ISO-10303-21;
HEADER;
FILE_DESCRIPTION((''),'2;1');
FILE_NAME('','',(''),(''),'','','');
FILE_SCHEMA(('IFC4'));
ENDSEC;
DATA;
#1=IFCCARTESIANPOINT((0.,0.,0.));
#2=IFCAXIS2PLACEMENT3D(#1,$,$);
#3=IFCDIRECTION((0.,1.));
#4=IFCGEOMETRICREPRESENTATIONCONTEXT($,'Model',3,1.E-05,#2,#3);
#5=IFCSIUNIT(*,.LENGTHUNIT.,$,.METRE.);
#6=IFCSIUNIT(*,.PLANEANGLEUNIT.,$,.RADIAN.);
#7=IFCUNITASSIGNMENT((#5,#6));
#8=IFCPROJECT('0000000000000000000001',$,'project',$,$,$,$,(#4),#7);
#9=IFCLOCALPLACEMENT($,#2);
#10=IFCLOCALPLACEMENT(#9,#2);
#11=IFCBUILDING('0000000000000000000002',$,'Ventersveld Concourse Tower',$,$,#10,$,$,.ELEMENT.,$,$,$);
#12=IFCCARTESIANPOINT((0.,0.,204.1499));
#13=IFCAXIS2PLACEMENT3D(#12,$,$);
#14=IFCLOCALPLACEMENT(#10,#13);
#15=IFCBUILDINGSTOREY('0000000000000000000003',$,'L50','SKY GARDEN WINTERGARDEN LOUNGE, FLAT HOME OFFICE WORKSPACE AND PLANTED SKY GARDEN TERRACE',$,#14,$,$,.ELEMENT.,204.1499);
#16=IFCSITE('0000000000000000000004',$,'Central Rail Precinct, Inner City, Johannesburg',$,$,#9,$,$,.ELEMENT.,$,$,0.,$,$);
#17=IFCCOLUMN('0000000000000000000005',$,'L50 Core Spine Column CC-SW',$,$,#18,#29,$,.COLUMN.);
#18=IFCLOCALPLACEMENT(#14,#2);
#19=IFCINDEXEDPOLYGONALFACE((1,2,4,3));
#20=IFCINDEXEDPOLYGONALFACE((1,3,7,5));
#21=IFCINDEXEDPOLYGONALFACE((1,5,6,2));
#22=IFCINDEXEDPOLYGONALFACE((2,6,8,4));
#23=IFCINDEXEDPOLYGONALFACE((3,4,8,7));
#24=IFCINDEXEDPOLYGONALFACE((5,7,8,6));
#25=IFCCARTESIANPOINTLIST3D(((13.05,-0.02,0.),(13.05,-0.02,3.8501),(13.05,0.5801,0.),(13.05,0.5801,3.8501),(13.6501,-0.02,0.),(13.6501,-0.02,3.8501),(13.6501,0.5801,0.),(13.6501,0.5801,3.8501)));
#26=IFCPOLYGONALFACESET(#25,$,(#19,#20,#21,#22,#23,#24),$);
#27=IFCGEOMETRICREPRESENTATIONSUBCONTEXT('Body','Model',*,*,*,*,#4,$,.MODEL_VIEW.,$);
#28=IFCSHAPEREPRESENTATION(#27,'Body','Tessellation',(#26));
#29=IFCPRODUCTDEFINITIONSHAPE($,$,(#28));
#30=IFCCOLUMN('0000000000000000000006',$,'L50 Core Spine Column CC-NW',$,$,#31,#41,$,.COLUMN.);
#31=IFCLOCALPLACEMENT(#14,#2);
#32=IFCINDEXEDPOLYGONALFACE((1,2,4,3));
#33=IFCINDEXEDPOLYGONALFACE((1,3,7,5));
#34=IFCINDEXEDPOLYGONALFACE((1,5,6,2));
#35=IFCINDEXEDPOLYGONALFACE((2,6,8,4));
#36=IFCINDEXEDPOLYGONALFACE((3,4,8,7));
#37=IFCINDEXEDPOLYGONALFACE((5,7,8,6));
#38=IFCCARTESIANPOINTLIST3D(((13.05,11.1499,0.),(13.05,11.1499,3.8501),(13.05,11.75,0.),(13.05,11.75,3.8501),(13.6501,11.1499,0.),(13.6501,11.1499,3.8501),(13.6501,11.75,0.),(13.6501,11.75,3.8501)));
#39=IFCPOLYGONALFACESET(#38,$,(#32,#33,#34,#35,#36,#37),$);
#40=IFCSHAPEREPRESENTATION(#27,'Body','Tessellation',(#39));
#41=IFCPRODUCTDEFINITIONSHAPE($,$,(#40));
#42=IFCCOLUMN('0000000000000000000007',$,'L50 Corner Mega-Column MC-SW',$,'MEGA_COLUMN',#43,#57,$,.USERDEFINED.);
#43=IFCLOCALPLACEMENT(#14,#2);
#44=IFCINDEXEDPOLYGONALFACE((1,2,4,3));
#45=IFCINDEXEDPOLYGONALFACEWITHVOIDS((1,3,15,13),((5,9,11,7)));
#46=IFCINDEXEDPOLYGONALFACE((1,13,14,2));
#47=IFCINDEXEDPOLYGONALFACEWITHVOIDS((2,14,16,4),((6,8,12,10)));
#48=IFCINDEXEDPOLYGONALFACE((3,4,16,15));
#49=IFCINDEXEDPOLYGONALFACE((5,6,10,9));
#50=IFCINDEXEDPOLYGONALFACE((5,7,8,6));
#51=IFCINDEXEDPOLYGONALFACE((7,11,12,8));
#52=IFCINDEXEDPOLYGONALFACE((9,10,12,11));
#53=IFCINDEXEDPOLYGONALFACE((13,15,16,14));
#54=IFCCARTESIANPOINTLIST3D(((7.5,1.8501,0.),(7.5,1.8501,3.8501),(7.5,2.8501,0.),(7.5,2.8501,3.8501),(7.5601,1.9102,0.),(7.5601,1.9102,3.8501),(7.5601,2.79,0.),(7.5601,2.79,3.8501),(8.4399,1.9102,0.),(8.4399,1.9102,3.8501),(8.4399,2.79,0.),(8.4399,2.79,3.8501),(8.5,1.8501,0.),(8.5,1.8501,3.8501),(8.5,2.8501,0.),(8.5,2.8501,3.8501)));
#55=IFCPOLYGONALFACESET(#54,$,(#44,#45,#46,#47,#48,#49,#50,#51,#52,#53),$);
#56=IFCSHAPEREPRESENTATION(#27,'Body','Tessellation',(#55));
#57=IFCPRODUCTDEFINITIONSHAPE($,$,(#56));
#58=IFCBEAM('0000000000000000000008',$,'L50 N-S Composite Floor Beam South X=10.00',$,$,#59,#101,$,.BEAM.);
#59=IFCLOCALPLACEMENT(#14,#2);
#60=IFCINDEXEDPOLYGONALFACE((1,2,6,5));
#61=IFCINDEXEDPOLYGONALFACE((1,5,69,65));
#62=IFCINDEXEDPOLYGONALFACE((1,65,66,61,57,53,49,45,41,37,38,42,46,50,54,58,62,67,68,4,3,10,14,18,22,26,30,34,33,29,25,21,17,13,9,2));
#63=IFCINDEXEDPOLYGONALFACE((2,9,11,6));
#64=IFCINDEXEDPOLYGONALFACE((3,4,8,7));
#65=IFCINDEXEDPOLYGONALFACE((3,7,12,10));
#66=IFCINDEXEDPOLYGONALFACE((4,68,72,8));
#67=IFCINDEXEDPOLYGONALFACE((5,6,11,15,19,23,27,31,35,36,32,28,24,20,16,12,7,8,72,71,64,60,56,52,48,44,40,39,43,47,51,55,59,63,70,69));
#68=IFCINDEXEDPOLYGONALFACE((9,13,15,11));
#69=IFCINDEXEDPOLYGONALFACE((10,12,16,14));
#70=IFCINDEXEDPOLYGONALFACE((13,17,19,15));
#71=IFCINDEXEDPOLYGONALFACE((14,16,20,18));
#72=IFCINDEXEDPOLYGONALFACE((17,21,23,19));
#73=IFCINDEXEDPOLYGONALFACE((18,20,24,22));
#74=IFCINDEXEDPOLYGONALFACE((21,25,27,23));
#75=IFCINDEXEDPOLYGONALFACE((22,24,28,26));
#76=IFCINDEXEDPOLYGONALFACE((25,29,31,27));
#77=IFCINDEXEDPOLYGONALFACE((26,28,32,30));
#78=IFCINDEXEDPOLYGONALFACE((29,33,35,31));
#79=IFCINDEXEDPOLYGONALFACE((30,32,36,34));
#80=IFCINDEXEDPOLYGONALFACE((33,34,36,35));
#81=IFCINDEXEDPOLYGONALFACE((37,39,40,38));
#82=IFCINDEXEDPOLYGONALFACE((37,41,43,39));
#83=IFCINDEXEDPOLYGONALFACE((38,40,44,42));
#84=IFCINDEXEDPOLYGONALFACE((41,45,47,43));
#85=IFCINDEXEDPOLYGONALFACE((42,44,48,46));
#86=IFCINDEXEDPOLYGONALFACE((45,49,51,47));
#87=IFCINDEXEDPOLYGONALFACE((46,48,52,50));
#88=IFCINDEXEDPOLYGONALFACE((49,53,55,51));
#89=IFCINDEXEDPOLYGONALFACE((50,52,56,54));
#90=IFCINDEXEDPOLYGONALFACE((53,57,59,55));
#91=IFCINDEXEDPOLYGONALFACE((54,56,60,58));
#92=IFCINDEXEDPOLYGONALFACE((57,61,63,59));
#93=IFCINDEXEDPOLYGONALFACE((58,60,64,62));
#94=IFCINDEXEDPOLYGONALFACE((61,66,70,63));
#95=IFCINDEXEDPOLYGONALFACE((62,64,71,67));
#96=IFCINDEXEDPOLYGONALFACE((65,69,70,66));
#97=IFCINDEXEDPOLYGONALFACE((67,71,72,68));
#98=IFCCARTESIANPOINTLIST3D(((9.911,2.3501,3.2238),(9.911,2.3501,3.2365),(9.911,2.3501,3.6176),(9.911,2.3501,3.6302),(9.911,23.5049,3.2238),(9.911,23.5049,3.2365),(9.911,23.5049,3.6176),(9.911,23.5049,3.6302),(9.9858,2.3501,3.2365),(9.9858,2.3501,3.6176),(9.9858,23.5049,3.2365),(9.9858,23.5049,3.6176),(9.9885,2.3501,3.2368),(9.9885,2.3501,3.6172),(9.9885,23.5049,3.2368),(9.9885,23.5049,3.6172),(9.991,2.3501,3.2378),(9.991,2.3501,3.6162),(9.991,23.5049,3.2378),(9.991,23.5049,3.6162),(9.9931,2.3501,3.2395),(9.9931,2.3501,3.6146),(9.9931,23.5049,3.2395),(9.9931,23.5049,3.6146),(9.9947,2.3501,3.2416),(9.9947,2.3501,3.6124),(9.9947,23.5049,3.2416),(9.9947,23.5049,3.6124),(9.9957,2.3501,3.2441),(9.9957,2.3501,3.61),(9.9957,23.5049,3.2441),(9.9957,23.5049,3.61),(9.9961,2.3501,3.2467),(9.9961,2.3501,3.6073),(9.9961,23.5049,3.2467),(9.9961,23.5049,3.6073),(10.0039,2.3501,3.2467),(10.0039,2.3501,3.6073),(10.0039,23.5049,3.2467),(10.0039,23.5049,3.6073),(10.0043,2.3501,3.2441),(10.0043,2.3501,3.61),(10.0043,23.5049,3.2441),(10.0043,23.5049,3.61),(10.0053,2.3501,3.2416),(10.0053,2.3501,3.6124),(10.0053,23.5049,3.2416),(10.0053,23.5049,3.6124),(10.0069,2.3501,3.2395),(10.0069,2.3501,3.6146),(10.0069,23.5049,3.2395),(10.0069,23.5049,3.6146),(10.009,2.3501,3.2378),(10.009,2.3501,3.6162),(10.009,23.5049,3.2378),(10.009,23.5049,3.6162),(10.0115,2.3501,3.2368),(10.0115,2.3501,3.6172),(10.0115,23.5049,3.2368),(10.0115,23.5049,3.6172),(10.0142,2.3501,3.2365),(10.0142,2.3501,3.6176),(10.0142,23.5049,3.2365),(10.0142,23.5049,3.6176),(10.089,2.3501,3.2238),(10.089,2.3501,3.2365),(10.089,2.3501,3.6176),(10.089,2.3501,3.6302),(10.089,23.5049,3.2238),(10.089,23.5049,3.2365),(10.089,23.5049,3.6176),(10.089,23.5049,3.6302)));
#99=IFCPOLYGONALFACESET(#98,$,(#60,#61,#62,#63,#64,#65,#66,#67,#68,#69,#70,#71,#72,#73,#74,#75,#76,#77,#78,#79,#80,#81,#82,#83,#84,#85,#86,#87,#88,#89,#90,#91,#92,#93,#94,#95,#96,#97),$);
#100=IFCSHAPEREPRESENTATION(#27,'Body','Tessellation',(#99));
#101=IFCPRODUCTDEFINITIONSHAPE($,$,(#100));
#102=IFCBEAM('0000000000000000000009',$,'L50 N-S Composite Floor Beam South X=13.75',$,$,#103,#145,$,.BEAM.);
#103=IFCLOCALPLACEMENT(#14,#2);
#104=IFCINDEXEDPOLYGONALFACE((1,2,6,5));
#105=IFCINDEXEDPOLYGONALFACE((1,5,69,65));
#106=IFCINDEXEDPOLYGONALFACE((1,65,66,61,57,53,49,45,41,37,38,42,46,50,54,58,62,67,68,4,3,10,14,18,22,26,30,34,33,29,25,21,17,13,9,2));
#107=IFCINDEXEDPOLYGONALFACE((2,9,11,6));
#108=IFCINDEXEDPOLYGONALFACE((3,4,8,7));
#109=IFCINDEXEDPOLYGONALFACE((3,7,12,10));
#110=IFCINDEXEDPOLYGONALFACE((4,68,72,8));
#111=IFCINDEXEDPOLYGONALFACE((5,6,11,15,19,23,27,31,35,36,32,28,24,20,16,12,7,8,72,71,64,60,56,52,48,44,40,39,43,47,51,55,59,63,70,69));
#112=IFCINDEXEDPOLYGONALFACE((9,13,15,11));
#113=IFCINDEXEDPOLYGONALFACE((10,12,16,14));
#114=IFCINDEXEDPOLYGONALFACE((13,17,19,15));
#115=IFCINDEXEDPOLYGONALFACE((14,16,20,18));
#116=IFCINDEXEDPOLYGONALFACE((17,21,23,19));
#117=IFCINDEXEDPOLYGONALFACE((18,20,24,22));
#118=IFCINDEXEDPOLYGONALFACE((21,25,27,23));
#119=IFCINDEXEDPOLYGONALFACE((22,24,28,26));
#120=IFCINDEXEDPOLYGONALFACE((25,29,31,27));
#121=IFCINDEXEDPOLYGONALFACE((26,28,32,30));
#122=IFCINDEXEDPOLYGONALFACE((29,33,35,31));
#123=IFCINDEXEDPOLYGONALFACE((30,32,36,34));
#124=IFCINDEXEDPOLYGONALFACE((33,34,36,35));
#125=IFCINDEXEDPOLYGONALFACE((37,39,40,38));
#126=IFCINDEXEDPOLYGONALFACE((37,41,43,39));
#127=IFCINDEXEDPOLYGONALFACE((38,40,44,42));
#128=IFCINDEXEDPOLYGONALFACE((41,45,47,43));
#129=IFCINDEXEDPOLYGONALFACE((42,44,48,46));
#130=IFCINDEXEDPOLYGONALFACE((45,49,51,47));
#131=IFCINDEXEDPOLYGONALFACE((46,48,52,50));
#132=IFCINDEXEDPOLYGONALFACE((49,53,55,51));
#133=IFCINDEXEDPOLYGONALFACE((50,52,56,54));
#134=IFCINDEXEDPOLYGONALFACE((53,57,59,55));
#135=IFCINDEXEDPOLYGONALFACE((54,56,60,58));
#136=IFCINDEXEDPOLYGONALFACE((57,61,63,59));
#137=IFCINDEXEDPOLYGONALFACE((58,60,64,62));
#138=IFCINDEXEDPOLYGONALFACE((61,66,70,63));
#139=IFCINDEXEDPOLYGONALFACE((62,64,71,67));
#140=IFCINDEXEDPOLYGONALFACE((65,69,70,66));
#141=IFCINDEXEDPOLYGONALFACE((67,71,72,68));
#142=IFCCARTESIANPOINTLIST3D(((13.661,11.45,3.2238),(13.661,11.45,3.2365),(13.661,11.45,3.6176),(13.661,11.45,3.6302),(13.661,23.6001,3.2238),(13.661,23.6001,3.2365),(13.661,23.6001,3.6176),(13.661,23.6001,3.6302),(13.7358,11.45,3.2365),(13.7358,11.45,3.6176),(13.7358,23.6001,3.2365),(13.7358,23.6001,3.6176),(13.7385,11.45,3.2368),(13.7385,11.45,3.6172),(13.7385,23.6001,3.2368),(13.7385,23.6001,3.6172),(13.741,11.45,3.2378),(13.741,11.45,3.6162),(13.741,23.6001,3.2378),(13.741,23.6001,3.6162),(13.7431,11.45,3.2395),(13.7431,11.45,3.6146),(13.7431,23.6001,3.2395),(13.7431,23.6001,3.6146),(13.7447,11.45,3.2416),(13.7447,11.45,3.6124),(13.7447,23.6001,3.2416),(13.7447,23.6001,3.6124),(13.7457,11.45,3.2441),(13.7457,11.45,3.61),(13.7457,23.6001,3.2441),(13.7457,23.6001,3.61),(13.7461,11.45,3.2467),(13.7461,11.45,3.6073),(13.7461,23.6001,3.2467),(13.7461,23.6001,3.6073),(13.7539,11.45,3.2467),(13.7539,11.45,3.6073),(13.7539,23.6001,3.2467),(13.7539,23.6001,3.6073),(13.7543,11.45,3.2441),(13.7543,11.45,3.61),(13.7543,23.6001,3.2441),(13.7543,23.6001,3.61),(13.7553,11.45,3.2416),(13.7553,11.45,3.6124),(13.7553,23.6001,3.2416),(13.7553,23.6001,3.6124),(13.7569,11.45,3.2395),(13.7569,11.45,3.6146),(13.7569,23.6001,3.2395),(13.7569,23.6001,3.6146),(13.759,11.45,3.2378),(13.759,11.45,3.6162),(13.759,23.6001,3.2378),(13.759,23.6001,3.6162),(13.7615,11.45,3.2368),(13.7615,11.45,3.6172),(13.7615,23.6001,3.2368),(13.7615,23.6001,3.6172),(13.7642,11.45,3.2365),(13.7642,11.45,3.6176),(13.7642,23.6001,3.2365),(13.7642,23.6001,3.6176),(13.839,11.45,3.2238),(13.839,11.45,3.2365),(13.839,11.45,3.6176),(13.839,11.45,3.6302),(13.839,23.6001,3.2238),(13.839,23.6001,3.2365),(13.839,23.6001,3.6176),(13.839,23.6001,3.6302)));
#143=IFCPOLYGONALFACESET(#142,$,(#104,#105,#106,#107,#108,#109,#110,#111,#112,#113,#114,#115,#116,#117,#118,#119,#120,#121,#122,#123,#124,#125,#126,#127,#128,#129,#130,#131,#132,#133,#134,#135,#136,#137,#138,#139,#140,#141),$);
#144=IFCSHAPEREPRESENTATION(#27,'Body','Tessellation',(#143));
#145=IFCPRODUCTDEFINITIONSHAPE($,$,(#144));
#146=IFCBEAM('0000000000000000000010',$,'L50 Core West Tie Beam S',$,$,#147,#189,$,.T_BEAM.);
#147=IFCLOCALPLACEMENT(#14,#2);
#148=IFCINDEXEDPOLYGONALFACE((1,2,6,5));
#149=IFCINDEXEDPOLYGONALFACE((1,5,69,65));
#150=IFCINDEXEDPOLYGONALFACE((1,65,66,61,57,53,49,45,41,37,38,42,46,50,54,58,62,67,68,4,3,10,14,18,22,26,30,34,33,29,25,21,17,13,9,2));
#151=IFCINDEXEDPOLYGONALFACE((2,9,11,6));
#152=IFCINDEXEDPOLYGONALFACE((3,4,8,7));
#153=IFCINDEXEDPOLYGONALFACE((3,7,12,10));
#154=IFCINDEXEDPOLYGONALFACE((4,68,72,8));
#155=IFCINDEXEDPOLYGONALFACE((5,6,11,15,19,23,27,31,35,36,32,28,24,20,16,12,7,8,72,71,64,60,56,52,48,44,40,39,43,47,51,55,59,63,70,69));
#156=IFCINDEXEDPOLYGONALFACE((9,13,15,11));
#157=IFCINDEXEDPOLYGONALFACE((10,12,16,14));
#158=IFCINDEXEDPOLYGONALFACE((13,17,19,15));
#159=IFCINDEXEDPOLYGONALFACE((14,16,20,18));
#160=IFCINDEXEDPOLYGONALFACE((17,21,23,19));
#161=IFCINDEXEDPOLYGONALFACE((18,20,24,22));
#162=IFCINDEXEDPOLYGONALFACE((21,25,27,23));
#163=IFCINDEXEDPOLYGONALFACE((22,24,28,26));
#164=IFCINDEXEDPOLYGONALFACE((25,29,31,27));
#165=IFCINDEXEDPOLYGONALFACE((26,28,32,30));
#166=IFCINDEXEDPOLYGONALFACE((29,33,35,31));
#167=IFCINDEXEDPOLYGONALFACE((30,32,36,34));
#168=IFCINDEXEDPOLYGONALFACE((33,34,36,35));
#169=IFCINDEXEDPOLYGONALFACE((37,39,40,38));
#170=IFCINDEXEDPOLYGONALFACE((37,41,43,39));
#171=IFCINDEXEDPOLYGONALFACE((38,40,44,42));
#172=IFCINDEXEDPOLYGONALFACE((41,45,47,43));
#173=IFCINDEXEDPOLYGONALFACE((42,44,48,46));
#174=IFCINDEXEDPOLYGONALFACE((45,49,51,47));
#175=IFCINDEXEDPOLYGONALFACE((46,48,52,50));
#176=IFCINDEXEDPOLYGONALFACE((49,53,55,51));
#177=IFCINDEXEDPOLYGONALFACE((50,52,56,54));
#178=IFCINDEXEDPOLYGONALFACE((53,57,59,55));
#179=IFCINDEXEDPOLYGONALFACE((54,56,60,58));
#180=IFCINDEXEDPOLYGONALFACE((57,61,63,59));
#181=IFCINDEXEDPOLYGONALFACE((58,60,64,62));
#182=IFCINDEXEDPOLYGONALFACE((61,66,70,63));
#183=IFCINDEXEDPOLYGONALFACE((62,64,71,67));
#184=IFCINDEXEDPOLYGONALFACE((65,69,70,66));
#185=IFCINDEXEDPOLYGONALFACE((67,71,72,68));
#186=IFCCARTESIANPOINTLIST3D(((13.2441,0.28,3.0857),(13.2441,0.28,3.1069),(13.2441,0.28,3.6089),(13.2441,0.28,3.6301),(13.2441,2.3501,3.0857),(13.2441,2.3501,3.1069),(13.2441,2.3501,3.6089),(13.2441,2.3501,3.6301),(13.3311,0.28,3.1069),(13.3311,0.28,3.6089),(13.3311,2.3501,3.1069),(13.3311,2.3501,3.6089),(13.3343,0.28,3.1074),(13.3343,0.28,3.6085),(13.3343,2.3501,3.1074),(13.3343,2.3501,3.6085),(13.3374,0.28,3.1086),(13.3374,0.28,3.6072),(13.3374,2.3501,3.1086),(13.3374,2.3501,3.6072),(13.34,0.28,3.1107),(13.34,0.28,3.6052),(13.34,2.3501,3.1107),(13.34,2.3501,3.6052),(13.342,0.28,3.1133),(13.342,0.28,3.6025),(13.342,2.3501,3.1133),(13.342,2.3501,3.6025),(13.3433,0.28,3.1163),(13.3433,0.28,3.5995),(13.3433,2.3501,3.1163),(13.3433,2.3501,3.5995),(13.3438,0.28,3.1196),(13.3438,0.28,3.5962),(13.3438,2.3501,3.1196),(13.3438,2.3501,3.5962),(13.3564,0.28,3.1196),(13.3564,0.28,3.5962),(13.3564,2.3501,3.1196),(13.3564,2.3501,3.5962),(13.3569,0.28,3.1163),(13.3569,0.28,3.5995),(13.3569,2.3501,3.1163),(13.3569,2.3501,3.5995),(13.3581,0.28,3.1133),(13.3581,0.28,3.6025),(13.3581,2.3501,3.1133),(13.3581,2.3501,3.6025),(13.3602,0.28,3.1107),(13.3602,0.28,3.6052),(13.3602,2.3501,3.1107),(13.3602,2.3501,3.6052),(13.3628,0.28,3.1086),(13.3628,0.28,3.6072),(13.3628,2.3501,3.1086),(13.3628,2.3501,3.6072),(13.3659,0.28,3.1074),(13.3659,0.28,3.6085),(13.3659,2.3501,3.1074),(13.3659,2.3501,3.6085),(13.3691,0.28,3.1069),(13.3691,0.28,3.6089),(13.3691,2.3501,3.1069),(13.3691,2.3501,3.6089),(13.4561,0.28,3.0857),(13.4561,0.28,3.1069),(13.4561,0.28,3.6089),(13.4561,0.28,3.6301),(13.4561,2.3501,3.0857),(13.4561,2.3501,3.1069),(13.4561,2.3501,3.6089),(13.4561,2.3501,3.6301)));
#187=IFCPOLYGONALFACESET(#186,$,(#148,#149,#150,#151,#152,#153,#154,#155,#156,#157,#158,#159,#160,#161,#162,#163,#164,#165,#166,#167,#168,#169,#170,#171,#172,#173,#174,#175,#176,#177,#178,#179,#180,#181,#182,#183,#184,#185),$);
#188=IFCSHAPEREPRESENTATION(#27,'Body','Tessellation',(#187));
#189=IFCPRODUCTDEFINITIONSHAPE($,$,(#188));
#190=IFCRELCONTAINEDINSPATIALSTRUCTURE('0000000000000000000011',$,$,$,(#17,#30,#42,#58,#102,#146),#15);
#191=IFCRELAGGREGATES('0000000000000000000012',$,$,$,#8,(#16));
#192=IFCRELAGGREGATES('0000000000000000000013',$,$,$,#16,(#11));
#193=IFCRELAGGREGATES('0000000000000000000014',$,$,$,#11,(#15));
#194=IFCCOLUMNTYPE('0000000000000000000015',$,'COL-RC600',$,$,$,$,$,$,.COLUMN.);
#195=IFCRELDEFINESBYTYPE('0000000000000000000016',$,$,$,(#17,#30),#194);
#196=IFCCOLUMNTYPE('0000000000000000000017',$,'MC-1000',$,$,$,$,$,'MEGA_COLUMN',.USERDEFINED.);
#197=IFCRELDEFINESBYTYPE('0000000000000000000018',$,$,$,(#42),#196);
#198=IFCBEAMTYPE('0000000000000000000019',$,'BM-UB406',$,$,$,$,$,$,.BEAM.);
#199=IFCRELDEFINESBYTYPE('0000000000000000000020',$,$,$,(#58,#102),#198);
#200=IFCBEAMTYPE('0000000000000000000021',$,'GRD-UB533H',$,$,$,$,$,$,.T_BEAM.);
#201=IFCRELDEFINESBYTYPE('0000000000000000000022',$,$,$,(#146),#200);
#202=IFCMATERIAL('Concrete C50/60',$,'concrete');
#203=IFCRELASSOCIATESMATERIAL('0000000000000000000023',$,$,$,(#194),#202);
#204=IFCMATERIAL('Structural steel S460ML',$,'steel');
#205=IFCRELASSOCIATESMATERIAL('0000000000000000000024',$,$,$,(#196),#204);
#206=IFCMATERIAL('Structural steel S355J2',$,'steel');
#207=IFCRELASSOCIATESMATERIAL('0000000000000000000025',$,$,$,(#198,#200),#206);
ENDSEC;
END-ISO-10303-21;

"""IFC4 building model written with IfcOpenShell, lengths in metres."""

from ifc_helpers import new_model, si_unit, direction, frame, origin, origin_2d, place, context, subcontext, project, spatial, rectangle, hollow_rectangle, i_section, extrude, material, material_profile, profile_set, type_object, element, save


model = new_model("IFC4")

# Units and contexts
model_context = context("Model", 3, precision=1e-05, world=origin(), true_north=direction((0.0, 1.0)))
body_context = subcontext(model_context, "Body", "Model", "MODEL_VIEW")
ifc_project = project(units=[si_unit("LENGTHUNIT", "METRE"), si_unit("PLANEANGLEUNIT", "RADIAN")], contexts=[model_context])

# Site, building, storey
site_placement = place(None, origin())
site = spatial("IfcSite", under=ifc_project, at=site_placement, Name="Central Rail Precinct, Inner City, Johannesburg", CompositionType="ELEMENT", RefElevation=0.0)
building_placement = place(site_placement, origin())
building = spatial("IfcBuilding", under=site, at=building_placement, Name="Ventersveld Concourse Tower", CompositionType="ELEMENT")
storey_placement = place(building_placement, frame((0.0, 0.0, 204.1499)))
storey = spatial("IfcBuildingStorey", under=building, at=storey_placement, Name="L50", Description="SKY GARDEN WINTERGARDEN LOUNGE, FLAT HOME OFFICE WORKSPACE AND PLANTED SKY GARDEN TERRACE", CompositionType="ELEMENT", Elevation=204.1499)

# Columns
ifc_material_1 = material(Name="Concrete C50/60", Category="concrete")
ifc_material_profile_1 = material_profile(ifc_material_1, rectangle(XDim=0.6001, YDim=0.6001, at=origin_2d()), Name="RC 600x600")
ifc_profile_set_1 = profile_set([ifc_material_profile_1], Name="Concrete C50/60")
column_type_1 = type_object("IfcColumnType", Name="COL-RC600", PredefinedType="COLUMN", material=ifc_profile_set_1)
for number, where, z_axis, x_axis, name in (
    (1, (13.3501, 0.28, 0.0), (0.0, 0.0, 1.0), (1.0, 0.0, 0.0), "L50 Core Spine Column CC-SW"),
    (2, (13.3501, 11.45, 0.0), (0.0, 0.0, 1.0), (1.0, 0.0, 0.0), "L50 Core Spine Column CC-NW"),
):
    element("IfcColumn", number, at=place(storey_placement, frame(where, z_axis=z_axis, x_axis=x_axis)), inside=storey, type_object=column_type_1, Name=name, PredefinedType="COLUMN", context=body_context, shape_type="SweptSolid", body=[
        extrude(rectangle(XDim=0.6001, YDim=0.6001, at=origin_2d()), origin(), (0.0, 0.0, 1.0), 3.8501),
    ])
ifc_material_2 = material(Name="Structural steel S460ML", Category="steel")
ifc_material_profile_2 = material_profile(ifc_material_2, hollow_rectangle(XDim=1.0, YDim=1.0, WallThickness=0.0601, at=origin_2d()), Name="BOX 1000x1000x60")
ifc_profile_set_2 = profile_set([ifc_material_profile_2], Name="Structural steel S460ML")
column_type_2 = type_object("IfcColumnType", Name="MC-1000", ElementType="MEGA_COLUMN", PredefinedType="USERDEFINED", material=ifc_profile_set_2)
column_placement = place(storey_placement, frame((8.0, 2.3501, 0.0), z_axis=(0.0, 0.0, 1.0), x_axis=(1.0, 0.0, 0.0)))
element("IfcColumn", 3, at=column_placement, inside=storey, type_object=column_type_2, Name="L50 Corner Mega-Column MC-SW", ObjectType="MEGA_COLUMN", PredefinedType="USERDEFINED", context=body_context, shape_type="SweptSolid", body=[
    extrude(hollow_rectangle(XDim=1.0, YDim=1.0, WallThickness=0.0601, at=origin_2d()), origin(), (0.0, 0.0, 1.0), 3.8501),
])

# Beams
ifc_material_3 = material(Name="Structural steel S355J2", Category="steel")
ifc_material_profile_3 = material_profile(ifc_material_3, i_section(OverallWidth=0.178, OverallDepth=0.4065, WebThickness=0.0078, FlangeThickness=0.0127, FilletRadius=0.0103, at=origin_2d()), Name="UB 406x178x60")
ifc_profile_set_3 = profile_set([ifc_material_profile_3], Name="Structural steel S355J2")
beam_type_1 = type_object("IfcBeamType", Name="BM-UB406", PredefinedType="BEAM", material=ifc_profile_set_3)
beam_1_placement = place(storey_placement, frame((10.0, 2.3501, 3.427), z_axis=(0.0, 1.0, 0.0), x_axis=(-1.0, 0.0, 0.0)))
element("IfcBeam", 4, at=beam_1_placement, inside=storey, type_object=beam_type_1, Name="L50 N-S Composite Floor Beam South X=10.00", PredefinedType="BEAM", context=body_context, shape_type="SweptSolid", body=[
    extrude(i_section(OverallWidth=0.178, OverallDepth=0.4065, WebThickness=0.0078, FlangeThickness=0.0127, FilletRadius=0.0103, at=origin_2d()), origin(), (0.0, 0.0, 1.0), 21.1548),
])
beam_2_placement = place(storey_placement, frame((13.75, 11.45, 3.427), z_axis=(0.0, 1.0, 0.0), x_axis=(-1.0, 0.0, 0.0)))
element("IfcBeam", 5, at=beam_2_placement, inside=storey, type_object=beam_type_1, Name="L50 N-S Composite Floor Beam South X=13.75", PredefinedType="BEAM", context=body_context, shape_type="SweptSolid", body=[
    extrude(i_section(OverallWidth=0.178, OverallDepth=0.4065, WebThickness=0.0078, FlangeThickness=0.0127, FilletRadius=0.0103, at=origin_2d()), origin(), (0.0, 0.0, 1.0), 12.1501),
])
ifc_material_profile_4 = material_profile(ifc_material_3, i_section(OverallWidth=0.2119, OverallDepth=0.5444, WebThickness=0.0127, FlangeThickness=0.0212, FilletRadius=0.0127, at=origin_2d()), Name="UB 533x210x122")
ifc_profile_set_4 = profile_set([ifc_material_profile_4], Name="Structural steel S355J2")
beam_type_2 = type_object("IfcBeamType", Name="GRD-UB533H", PredefinedType="T_BEAM", material=ifc_profile_set_4)
beam_3_placement = place(storey_placement, frame((13.3501, 0.28, 3.3579), z_axis=(0.0, 1.0, 0.0), x_axis=(-1.0, 0.0, 0.0)))
element("IfcBeam", 6, at=beam_3_placement, inside=storey, type_object=beam_type_2, Name="L50 Core West Tie Beam S", PredefinedType="T_BEAM", context=body_context, shape_type="SweptSolid", body=[
    extrude(i_section(OverallWidth=0.2119, OverallDepth=0.5444, WebThickness=0.0127, FlangeThickness=0.0212, FilletRadius=0.0127, at=origin_2d()), origin(), (0.0, 0.0, 1.0), 2.0701),
])

save(model, "model.ifc")
